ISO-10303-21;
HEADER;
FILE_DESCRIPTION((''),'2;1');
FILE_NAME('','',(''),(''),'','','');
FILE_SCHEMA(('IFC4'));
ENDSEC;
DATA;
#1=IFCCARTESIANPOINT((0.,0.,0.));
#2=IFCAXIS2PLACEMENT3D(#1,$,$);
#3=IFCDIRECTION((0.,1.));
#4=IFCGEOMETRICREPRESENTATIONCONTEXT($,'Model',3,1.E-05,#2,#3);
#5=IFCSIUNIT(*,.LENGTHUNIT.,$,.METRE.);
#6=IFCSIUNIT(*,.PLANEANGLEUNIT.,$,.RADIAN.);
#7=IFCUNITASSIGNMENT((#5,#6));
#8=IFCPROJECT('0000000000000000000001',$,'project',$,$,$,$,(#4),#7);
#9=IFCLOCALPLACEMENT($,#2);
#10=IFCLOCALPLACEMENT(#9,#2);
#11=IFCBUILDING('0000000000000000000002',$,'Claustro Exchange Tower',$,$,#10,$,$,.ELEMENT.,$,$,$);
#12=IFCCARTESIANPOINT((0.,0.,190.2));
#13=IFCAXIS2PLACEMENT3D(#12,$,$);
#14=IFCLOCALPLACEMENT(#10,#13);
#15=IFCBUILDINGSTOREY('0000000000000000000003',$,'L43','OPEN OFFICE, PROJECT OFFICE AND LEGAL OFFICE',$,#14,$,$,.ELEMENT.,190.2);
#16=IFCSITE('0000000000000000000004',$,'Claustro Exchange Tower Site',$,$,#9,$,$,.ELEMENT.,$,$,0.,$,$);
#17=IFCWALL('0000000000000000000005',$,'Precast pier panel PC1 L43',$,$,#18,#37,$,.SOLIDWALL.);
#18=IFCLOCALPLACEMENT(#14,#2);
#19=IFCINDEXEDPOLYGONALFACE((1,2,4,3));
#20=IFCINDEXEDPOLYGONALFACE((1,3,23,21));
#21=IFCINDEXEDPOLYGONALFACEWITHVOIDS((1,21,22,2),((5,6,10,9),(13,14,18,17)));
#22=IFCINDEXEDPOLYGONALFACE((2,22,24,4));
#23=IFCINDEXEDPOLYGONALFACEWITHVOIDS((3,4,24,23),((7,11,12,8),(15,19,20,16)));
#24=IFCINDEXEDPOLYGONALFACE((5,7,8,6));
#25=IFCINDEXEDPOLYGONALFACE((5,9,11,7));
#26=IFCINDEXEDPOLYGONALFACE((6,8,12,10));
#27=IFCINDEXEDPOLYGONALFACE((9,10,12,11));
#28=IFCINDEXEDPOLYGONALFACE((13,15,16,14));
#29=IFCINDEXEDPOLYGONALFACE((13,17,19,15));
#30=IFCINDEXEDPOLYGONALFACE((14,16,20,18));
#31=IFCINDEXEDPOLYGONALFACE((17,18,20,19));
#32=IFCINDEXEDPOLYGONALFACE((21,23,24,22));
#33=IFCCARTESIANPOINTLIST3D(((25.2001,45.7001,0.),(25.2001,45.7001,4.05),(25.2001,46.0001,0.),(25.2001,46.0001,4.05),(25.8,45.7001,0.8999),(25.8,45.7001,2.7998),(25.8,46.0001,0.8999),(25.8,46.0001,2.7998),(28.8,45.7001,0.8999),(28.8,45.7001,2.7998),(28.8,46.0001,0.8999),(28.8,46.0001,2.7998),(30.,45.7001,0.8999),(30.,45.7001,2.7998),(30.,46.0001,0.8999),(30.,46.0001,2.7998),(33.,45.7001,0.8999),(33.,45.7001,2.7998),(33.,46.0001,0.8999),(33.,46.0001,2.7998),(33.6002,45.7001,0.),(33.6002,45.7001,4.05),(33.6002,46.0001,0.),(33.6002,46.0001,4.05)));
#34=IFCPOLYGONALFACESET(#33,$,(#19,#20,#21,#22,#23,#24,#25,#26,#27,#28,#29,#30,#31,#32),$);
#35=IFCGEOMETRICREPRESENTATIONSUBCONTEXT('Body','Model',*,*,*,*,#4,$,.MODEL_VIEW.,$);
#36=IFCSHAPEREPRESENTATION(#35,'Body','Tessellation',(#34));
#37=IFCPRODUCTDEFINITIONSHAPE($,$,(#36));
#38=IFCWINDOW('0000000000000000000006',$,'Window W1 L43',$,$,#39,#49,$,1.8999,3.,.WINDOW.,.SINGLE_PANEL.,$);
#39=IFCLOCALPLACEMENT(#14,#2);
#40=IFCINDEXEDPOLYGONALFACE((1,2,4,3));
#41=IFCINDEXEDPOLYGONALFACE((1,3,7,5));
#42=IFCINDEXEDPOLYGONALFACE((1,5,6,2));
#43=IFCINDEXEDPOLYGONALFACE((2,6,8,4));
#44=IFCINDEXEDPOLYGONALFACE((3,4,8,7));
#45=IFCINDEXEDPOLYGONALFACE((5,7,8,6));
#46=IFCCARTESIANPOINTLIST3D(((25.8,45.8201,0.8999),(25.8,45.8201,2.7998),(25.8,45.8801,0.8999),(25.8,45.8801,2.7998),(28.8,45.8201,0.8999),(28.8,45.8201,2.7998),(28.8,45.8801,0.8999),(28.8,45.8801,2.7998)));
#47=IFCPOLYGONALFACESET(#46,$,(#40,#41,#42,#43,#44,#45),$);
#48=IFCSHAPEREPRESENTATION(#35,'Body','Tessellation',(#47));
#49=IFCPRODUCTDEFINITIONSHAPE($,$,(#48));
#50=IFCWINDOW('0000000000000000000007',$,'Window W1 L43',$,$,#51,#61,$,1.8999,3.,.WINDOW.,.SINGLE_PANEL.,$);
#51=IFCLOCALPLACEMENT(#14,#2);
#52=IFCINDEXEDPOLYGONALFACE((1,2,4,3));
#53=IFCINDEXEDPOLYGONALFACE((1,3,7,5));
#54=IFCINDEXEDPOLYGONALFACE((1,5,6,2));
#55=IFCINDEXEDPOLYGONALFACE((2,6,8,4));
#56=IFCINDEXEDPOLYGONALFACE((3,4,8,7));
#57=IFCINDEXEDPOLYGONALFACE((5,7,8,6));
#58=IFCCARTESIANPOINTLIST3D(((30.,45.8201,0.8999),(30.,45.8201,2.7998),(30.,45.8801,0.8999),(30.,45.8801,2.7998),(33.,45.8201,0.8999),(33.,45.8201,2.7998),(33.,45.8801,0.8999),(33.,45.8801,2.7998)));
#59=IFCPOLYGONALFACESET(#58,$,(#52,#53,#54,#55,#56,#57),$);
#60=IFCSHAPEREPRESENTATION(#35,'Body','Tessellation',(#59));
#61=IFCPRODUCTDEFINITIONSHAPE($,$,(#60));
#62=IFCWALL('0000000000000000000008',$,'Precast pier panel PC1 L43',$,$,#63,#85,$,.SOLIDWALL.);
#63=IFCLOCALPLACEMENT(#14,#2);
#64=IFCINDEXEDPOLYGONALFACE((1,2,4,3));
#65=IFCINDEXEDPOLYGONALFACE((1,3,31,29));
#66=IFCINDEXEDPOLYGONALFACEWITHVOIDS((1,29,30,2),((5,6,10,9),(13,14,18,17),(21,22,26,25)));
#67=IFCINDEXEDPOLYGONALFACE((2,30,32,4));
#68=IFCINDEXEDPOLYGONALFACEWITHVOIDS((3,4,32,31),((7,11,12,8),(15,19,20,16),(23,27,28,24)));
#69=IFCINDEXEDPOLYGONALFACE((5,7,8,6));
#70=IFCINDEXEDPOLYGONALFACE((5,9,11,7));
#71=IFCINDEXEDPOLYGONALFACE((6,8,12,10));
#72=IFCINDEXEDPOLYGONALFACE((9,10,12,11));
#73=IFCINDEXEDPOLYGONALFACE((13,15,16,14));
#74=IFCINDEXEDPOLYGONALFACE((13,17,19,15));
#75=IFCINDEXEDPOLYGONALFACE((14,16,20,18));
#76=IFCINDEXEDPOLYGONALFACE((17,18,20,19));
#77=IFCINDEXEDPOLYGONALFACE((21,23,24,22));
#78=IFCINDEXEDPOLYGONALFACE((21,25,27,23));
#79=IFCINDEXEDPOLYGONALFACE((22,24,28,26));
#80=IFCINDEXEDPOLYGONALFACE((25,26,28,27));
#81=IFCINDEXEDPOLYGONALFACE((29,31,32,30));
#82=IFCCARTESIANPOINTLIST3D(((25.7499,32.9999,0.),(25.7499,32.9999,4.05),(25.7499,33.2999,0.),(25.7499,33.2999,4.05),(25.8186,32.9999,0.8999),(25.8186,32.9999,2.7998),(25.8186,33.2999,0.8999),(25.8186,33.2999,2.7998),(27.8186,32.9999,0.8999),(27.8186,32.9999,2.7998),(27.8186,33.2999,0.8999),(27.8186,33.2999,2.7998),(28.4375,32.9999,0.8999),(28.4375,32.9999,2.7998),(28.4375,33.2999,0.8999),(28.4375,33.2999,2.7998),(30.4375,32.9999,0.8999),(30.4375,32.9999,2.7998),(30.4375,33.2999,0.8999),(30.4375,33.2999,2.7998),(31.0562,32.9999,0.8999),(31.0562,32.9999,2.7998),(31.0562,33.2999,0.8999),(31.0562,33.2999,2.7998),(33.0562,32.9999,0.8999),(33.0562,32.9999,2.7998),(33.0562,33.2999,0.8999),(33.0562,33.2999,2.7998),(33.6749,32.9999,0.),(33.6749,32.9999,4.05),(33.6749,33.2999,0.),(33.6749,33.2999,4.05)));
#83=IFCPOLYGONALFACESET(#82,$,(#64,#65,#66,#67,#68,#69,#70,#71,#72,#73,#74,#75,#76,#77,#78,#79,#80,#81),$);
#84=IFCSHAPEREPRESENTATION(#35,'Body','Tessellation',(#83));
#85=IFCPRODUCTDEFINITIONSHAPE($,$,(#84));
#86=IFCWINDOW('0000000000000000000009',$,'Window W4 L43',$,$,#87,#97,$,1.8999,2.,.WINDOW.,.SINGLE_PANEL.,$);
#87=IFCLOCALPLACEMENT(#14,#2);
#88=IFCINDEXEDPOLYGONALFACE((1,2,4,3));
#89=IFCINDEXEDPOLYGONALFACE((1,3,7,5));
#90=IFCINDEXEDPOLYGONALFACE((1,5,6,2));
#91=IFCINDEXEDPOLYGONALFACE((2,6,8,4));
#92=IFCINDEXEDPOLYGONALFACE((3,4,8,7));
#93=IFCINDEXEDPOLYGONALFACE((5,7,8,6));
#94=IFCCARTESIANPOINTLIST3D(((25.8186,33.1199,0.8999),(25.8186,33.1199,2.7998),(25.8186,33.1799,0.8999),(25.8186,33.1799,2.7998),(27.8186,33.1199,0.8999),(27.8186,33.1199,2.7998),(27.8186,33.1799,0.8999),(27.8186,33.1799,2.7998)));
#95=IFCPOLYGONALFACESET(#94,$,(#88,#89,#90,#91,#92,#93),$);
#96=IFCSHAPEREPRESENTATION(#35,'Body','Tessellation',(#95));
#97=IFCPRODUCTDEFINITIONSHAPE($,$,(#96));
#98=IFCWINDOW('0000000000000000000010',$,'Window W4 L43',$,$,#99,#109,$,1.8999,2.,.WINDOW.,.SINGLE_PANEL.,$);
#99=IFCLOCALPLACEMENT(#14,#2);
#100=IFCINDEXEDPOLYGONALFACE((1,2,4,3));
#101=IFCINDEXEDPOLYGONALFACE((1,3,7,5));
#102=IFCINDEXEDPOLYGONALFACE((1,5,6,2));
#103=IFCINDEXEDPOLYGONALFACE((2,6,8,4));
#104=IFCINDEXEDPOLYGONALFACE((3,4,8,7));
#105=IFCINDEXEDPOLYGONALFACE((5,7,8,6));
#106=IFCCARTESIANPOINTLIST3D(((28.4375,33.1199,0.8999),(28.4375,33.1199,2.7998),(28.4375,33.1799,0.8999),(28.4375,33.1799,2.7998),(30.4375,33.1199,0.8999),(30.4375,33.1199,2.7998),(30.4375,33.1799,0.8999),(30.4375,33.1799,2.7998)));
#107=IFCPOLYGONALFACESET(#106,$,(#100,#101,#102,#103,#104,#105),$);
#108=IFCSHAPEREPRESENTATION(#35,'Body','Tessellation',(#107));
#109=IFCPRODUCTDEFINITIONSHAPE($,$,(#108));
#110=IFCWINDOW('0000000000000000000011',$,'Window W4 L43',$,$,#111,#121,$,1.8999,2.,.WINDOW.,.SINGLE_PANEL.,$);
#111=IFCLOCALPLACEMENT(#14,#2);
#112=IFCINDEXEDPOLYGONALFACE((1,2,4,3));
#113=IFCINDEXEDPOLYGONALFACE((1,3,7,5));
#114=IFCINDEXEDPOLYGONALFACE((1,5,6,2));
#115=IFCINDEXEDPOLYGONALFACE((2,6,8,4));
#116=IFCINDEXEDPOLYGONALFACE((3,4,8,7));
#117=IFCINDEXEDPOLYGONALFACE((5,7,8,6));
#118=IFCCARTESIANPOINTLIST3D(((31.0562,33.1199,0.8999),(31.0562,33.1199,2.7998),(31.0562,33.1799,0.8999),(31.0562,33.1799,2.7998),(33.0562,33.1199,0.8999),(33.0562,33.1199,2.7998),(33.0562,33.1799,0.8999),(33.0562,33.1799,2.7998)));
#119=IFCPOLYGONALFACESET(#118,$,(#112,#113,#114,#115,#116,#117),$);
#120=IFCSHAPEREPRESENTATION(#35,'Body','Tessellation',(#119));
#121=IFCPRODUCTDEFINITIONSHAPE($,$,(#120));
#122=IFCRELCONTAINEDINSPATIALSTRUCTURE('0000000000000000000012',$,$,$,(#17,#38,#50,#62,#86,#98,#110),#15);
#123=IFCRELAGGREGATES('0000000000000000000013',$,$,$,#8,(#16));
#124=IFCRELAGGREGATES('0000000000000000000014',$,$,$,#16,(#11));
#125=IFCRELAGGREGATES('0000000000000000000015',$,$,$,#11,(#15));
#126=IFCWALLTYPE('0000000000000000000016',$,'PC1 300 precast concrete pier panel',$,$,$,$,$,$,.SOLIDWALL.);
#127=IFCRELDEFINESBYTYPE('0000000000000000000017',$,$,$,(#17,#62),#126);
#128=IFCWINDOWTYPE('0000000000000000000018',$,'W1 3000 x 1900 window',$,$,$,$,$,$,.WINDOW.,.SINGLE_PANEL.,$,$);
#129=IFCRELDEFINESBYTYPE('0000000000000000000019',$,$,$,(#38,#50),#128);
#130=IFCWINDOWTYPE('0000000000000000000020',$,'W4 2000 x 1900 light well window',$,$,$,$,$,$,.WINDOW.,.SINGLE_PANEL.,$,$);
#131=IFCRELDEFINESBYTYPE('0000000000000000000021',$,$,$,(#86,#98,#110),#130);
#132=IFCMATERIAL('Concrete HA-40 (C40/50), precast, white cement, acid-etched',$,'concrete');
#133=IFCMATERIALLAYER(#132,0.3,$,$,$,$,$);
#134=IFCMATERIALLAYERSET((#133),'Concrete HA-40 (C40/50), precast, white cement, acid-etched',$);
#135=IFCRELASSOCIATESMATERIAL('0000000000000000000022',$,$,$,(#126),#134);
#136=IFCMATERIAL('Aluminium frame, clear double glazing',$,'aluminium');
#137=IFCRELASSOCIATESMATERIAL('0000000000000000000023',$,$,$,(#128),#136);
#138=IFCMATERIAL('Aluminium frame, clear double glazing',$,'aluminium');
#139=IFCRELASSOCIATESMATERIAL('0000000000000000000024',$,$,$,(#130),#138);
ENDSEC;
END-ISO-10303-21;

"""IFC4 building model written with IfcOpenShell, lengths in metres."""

from ifc_helpers import new_model, si_unit, direction, frame, frame_2d, origin, place, context, subcontext, project, spatial, rectangle, extrude, material, layer, layer_set, type_object, element, fill, save


model = new_model("IFC4")

# Units and contexts
model_context = context("Model", 3, precision=1e-05, world=origin(), true_north=direction((0.0, 1.0)))
body_context = subcontext(model_context, "Body", "Model", "MODEL_VIEW")
ifc_project = project(units=[si_unit("LENGTHUNIT", "METRE"), si_unit("PLANEANGLEUNIT", "RADIAN")], contexts=[model_context])

# Site, building, storey
site_placement = place(None, origin())
site = spatial("IfcSite", under=ifc_project, at=site_placement, Name="Claustro Exchange Tower Site", CompositionType="ELEMENT", RefElevation=0.0)
building_placement = place(site_placement, origin())
building = spatial("IfcBuilding", under=site, at=building_placement, Name="Claustro Exchange Tower", CompositionType="ELEMENT")
storey_placement = place(building_placement, frame((0.0, 0.0, 190.2)))
storey = spatial("IfcBuildingStorey", under=building, at=storey_placement, Name="L43", Description="OPEN OFFICE, PROJECT OFFICE AND LEGAL OFFICE", CompositionType="ELEMENT", Elevation=190.2)

# Walls, openings, windows
ifc_material_1 = material(Name="Concrete HA-40 (C40/50), precast, white cement, acid-etched", Category="concrete")
ifc_layer_1 = layer(ifc_material_1, 0.3)
ifc_layer_set_1 = layer_set([ifc_layer_1], Name="Concrete HA-40 (C40/50), precast, white cement, acid-etched")
wall_type_1 = type_object("IfcWallType", Name="PC1 300 precast concrete pier panel", PredefinedType="SOLIDWALL", material=ifc_layer_set_1)
wall_1_placement = place(storey_placement, frame((25.2, 45.8501, 0.0), z_axis=(0.0, 0.0, 1.0), x_axis=(1.0, 0.0, 0.0)))
wall_1 = element("IfcWall", 1, at=wall_1_placement, inside=storey, type_object=wall_type_1, Name="Precast pier panel PC1 L43", PredefinedType="SOLIDWALL", context=body_context, shape_type="SweptSolid", body=[
    extrude(rectangle(XDim=8.4001, YDim=0.3, at=frame_2d((4.2002, 0.0))), origin(), (0.0, 0.0, 1.0), 4.05),
])
opening_1_placement = place(wall_1_placement, frame((0.6001, 0.0, 0.8999)))
opening_1 = element("IfcOpeningElement", 2, at=opening_1_placement, cuts=wall_1, PredefinedType="OPENING", context=body_context, shape_type="SweptSolid", body=[
    extrude(rectangle(XDim=3.0, YDim=1.8999, at=frame_2d((1.5, 0.95))), frame((0.0, 0.1599, 0.0), z_axis=(0.0, -1.0, 0.0), x_axis=(1.0, 0.0, 0.0)), (0.0, 0.0, 1.0), 0.3201),
])
opening_2_placement = place(wall_1_placement, frame((4.8, 0.0, 0.8999)))
opening_2 = element("IfcOpeningElement", 3, at=opening_2_placement, cuts=wall_1, PredefinedType="OPENING", context=body_context, shape_type="SweptSolid", body=[
    extrude(rectangle(XDim=3.0, YDim=1.8999, at=frame_2d((1.5, 0.95))), frame((0.0, 0.1599, 0.0), z_axis=(0.0, -1.0, 0.0), x_axis=(1.0, 0.0, 0.0)), (0.0, 0.0, 1.0), 0.3201),
])
ifc_material_2 = material(Name="Aluminium frame, clear double glazing", Category="aluminium")
window_type_1 = type_object("IfcWindowType", Name="W1 3000 x 1900 window", PartitioningType="SINGLE_PANEL", PredefinedType="WINDOW", material=ifc_material_2)
window_1_placement = place(opening_1_placement, origin())
window_1 = element("IfcWindow", 4, at=window_1_placement, inside=storey, type_object=window_type_1, Name="Window W1 L43", OverallHeight=1.8999, OverallWidth=3.0, PartitioningType="SINGLE_PANEL", PredefinedType="WINDOW", context=body_context, shape_type="SweptSolid", body=[
    extrude(rectangle(XDim=3.0, YDim=1.8999, at=frame_2d((1.5, 0.95))), frame((0.0, 0.03, 0.0), z_axis=(0.0, -1.0, 0.0), x_axis=(1.0, 0.0, 0.0)), (0.0, 0.0, 1.0), 0.0601),
])
fill(opening_1, window_1)
window_2_placement = place(opening_2_placement, origin())
window_2 = element("IfcWindow", 5, at=window_2_placement, inside=storey, type_object=window_type_1, Name="Window W1 L43", OverallHeight=1.8999, OverallWidth=3.0, PartitioningType="SINGLE_PANEL", PredefinedType="WINDOW", context=body_context, shape_type="SweptSolid", body=[
    extrude(rectangle(XDim=3.0, YDim=1.8999, at=frame_2d((1.5, 0.95))), frame((0.0, 0.03, 0.0), z_axis=(0.0, -1.0, 0.0), x_axis=(1.0, 0.0, 0.0)), (0.0, 0.0, 1.0), 0.0601),
])
fill(opening_2, window_2)
wall_2_placement = place(storey_placement, frame((25.75, 33.1499, 0.0), z_axis=(0.0, 0.0, 1.0), x_axis=(1.0, 0.0, 0.0)))
wall_2 = element("IfcWall", 6, at=wall_2_placement, inside=storey, type_object=wall_type_1, Name="Precast pier panel PC1 L43", PredefinedType="SOLIDWALL", context=body_context, shape_type="SweptSolid", body=[
    extrude(rectangle(XDim=7.925, YDim=0.3, at=frame_2d((3.9624, 0.0))), origin(), (0.0, 0.0, 1.0), 4.05),
])
opening_3_placement = place(wall_2_placement, frame((0.0686, 0.0, 0.8999)))
opening_3 = element("IfcOpeningElement", 7, at=opening_3_placement, cuts=wall_2, PredefinedType="OPENING", context=body_context, shape_type="SweptSolid", body=[
    extrude(rectangle(XDim=2.0, YDim=1.8999, at=frame_2d((1.0, 0.95))), frame((0.0, 0.1599, 0.0), z_axis=(0.0, -1.0, 0.0), x_axis=(1.0, 0.0, 0.0)), (0.0, 0.0, 1.0), 0.3201),
])
opening_4_placement = place(wall_2_placement, frame((2.6875, 0.0, 0.8999)))
opening_4 = element("IfcOpeningElement", 8, at=opening_4_placement, cuts=wall_2, PredefinedType="OPENING", context=body_context, shape_type="SweptSolid", body=[
    extrude(rectangle(XDim=2.0, YDim=1.8999, at=frame_2d((1.0, 0.95))), frame((0.0, 0.1599, 0.0), z_axis=(0.0, -1.0, 0.0), x_axis=(1.0, 0.0, 0.0)), (0.0, 0.0, 1.0), 0.3201),
])
opening_5_placement = place(wall_2_placement, frame((5.3062, 0.0, 0.8999)))
opening_5 = element("IfcOpeningElement", 9, at=opening_5_placement, cuts=wall_2, PredefinedType="OPENING", context=body_context, shape_type="SweptSolid", body=[
    extrude(rectangle(XDim=2.0, YDim=1.8999, at=frame_2d((1.0, 0.95))), frame((0.0, 0.1599, 0.0), z_axis=(0.0, -1.0, 0.0), x_axis=(1.0, 0.0, 0.0)), (0.0, 0.0, 1.0), 0.3201),
])
ifc_material_3 = material(Name="Aluminium frame, clear double glazing", Category="aluminium")
window_type_2 = type_object("IfcWindowType", Name="W4 2000 x 1900 light well window", PartitioningType="SINGLE_PANEL", PredefinedType="WINDOW", material=ifc_material_3)
window_3_placement = place(opening_3_placement, origin())
window_3 = element("IfcWindow", 10, at=window_3_placement, inside=storey, type_object=window_type_2, Name="Window W4 L43", OverallHeight=1.8999, OverallWidth=2.0, PartitioningType="SINGLE_PANEL", PredefinedType="WINDOW", context=body_context, shape_type="SweptSolid", body=[
    extrude(rectangle(XDim=2.0, YDim=1.8999, at=frame_2d((1.0, 0.95))), frame((0.0, 0.03, 0.0), z_axis=(0.0, -1.0, 0.0), x_axis=(1.0, 0.0, 0.0)), (0.0, 0.0, 1.0), 0.0601),
])
fill(opening_3, window_3)
window_4_placement = place(opening_4_placement, origin())
window_4 = element("IfcWindow", 11, at=window_4_placement, inside=storey, type_object=window_type_2, Name="Window W4 L43", OverallHeight=1.8999, OverallWidth=2.0, PartitioningType="SINGLE_PANEL", PredefinedType="WINDOW", context=body_context, shape_type="SweptSolid", body=[
    extrude(rectangle(XDim=2.0, YDim=1.8999, at=frame_2d((1.0, 0.95))), frame((0.0, 0.03, 0.0), z_axis=(0.0, -1.0, 0.0), x_axis=(1.0, 0.0, 0.0)), (0.0, 0.0, 1.0), 0.0601),
])
fill(opening_4, window_4)
window_5_placement = place(opening_5_placement, origin())
window_5 = element("IfcWindow", 12, at=window_5_placement, inside=storey, type_object=window_type_2, Name="Window W4 L43", OverallHeight=1.8999, OverallWidth=2.0, PartitioningType="SINGLE_PANEL", PredefinedType="WINDOW", context=body_context, shape_type="SweptSolid", body=[
    extrude(rectangle(XDim=2.0, YDim=1.8999, at=frame_2d((1.0, 0.95))), frame((0.0, 0.03, 0.0), z_axis=(0.0, -1.0, 0.0), x_axis=(1.0, 0.0, 0.0)), (0.0, 0.0, 1.0), 0.0601),
])
fill(opening_5, window_5)

save(model, "model.ifc")
